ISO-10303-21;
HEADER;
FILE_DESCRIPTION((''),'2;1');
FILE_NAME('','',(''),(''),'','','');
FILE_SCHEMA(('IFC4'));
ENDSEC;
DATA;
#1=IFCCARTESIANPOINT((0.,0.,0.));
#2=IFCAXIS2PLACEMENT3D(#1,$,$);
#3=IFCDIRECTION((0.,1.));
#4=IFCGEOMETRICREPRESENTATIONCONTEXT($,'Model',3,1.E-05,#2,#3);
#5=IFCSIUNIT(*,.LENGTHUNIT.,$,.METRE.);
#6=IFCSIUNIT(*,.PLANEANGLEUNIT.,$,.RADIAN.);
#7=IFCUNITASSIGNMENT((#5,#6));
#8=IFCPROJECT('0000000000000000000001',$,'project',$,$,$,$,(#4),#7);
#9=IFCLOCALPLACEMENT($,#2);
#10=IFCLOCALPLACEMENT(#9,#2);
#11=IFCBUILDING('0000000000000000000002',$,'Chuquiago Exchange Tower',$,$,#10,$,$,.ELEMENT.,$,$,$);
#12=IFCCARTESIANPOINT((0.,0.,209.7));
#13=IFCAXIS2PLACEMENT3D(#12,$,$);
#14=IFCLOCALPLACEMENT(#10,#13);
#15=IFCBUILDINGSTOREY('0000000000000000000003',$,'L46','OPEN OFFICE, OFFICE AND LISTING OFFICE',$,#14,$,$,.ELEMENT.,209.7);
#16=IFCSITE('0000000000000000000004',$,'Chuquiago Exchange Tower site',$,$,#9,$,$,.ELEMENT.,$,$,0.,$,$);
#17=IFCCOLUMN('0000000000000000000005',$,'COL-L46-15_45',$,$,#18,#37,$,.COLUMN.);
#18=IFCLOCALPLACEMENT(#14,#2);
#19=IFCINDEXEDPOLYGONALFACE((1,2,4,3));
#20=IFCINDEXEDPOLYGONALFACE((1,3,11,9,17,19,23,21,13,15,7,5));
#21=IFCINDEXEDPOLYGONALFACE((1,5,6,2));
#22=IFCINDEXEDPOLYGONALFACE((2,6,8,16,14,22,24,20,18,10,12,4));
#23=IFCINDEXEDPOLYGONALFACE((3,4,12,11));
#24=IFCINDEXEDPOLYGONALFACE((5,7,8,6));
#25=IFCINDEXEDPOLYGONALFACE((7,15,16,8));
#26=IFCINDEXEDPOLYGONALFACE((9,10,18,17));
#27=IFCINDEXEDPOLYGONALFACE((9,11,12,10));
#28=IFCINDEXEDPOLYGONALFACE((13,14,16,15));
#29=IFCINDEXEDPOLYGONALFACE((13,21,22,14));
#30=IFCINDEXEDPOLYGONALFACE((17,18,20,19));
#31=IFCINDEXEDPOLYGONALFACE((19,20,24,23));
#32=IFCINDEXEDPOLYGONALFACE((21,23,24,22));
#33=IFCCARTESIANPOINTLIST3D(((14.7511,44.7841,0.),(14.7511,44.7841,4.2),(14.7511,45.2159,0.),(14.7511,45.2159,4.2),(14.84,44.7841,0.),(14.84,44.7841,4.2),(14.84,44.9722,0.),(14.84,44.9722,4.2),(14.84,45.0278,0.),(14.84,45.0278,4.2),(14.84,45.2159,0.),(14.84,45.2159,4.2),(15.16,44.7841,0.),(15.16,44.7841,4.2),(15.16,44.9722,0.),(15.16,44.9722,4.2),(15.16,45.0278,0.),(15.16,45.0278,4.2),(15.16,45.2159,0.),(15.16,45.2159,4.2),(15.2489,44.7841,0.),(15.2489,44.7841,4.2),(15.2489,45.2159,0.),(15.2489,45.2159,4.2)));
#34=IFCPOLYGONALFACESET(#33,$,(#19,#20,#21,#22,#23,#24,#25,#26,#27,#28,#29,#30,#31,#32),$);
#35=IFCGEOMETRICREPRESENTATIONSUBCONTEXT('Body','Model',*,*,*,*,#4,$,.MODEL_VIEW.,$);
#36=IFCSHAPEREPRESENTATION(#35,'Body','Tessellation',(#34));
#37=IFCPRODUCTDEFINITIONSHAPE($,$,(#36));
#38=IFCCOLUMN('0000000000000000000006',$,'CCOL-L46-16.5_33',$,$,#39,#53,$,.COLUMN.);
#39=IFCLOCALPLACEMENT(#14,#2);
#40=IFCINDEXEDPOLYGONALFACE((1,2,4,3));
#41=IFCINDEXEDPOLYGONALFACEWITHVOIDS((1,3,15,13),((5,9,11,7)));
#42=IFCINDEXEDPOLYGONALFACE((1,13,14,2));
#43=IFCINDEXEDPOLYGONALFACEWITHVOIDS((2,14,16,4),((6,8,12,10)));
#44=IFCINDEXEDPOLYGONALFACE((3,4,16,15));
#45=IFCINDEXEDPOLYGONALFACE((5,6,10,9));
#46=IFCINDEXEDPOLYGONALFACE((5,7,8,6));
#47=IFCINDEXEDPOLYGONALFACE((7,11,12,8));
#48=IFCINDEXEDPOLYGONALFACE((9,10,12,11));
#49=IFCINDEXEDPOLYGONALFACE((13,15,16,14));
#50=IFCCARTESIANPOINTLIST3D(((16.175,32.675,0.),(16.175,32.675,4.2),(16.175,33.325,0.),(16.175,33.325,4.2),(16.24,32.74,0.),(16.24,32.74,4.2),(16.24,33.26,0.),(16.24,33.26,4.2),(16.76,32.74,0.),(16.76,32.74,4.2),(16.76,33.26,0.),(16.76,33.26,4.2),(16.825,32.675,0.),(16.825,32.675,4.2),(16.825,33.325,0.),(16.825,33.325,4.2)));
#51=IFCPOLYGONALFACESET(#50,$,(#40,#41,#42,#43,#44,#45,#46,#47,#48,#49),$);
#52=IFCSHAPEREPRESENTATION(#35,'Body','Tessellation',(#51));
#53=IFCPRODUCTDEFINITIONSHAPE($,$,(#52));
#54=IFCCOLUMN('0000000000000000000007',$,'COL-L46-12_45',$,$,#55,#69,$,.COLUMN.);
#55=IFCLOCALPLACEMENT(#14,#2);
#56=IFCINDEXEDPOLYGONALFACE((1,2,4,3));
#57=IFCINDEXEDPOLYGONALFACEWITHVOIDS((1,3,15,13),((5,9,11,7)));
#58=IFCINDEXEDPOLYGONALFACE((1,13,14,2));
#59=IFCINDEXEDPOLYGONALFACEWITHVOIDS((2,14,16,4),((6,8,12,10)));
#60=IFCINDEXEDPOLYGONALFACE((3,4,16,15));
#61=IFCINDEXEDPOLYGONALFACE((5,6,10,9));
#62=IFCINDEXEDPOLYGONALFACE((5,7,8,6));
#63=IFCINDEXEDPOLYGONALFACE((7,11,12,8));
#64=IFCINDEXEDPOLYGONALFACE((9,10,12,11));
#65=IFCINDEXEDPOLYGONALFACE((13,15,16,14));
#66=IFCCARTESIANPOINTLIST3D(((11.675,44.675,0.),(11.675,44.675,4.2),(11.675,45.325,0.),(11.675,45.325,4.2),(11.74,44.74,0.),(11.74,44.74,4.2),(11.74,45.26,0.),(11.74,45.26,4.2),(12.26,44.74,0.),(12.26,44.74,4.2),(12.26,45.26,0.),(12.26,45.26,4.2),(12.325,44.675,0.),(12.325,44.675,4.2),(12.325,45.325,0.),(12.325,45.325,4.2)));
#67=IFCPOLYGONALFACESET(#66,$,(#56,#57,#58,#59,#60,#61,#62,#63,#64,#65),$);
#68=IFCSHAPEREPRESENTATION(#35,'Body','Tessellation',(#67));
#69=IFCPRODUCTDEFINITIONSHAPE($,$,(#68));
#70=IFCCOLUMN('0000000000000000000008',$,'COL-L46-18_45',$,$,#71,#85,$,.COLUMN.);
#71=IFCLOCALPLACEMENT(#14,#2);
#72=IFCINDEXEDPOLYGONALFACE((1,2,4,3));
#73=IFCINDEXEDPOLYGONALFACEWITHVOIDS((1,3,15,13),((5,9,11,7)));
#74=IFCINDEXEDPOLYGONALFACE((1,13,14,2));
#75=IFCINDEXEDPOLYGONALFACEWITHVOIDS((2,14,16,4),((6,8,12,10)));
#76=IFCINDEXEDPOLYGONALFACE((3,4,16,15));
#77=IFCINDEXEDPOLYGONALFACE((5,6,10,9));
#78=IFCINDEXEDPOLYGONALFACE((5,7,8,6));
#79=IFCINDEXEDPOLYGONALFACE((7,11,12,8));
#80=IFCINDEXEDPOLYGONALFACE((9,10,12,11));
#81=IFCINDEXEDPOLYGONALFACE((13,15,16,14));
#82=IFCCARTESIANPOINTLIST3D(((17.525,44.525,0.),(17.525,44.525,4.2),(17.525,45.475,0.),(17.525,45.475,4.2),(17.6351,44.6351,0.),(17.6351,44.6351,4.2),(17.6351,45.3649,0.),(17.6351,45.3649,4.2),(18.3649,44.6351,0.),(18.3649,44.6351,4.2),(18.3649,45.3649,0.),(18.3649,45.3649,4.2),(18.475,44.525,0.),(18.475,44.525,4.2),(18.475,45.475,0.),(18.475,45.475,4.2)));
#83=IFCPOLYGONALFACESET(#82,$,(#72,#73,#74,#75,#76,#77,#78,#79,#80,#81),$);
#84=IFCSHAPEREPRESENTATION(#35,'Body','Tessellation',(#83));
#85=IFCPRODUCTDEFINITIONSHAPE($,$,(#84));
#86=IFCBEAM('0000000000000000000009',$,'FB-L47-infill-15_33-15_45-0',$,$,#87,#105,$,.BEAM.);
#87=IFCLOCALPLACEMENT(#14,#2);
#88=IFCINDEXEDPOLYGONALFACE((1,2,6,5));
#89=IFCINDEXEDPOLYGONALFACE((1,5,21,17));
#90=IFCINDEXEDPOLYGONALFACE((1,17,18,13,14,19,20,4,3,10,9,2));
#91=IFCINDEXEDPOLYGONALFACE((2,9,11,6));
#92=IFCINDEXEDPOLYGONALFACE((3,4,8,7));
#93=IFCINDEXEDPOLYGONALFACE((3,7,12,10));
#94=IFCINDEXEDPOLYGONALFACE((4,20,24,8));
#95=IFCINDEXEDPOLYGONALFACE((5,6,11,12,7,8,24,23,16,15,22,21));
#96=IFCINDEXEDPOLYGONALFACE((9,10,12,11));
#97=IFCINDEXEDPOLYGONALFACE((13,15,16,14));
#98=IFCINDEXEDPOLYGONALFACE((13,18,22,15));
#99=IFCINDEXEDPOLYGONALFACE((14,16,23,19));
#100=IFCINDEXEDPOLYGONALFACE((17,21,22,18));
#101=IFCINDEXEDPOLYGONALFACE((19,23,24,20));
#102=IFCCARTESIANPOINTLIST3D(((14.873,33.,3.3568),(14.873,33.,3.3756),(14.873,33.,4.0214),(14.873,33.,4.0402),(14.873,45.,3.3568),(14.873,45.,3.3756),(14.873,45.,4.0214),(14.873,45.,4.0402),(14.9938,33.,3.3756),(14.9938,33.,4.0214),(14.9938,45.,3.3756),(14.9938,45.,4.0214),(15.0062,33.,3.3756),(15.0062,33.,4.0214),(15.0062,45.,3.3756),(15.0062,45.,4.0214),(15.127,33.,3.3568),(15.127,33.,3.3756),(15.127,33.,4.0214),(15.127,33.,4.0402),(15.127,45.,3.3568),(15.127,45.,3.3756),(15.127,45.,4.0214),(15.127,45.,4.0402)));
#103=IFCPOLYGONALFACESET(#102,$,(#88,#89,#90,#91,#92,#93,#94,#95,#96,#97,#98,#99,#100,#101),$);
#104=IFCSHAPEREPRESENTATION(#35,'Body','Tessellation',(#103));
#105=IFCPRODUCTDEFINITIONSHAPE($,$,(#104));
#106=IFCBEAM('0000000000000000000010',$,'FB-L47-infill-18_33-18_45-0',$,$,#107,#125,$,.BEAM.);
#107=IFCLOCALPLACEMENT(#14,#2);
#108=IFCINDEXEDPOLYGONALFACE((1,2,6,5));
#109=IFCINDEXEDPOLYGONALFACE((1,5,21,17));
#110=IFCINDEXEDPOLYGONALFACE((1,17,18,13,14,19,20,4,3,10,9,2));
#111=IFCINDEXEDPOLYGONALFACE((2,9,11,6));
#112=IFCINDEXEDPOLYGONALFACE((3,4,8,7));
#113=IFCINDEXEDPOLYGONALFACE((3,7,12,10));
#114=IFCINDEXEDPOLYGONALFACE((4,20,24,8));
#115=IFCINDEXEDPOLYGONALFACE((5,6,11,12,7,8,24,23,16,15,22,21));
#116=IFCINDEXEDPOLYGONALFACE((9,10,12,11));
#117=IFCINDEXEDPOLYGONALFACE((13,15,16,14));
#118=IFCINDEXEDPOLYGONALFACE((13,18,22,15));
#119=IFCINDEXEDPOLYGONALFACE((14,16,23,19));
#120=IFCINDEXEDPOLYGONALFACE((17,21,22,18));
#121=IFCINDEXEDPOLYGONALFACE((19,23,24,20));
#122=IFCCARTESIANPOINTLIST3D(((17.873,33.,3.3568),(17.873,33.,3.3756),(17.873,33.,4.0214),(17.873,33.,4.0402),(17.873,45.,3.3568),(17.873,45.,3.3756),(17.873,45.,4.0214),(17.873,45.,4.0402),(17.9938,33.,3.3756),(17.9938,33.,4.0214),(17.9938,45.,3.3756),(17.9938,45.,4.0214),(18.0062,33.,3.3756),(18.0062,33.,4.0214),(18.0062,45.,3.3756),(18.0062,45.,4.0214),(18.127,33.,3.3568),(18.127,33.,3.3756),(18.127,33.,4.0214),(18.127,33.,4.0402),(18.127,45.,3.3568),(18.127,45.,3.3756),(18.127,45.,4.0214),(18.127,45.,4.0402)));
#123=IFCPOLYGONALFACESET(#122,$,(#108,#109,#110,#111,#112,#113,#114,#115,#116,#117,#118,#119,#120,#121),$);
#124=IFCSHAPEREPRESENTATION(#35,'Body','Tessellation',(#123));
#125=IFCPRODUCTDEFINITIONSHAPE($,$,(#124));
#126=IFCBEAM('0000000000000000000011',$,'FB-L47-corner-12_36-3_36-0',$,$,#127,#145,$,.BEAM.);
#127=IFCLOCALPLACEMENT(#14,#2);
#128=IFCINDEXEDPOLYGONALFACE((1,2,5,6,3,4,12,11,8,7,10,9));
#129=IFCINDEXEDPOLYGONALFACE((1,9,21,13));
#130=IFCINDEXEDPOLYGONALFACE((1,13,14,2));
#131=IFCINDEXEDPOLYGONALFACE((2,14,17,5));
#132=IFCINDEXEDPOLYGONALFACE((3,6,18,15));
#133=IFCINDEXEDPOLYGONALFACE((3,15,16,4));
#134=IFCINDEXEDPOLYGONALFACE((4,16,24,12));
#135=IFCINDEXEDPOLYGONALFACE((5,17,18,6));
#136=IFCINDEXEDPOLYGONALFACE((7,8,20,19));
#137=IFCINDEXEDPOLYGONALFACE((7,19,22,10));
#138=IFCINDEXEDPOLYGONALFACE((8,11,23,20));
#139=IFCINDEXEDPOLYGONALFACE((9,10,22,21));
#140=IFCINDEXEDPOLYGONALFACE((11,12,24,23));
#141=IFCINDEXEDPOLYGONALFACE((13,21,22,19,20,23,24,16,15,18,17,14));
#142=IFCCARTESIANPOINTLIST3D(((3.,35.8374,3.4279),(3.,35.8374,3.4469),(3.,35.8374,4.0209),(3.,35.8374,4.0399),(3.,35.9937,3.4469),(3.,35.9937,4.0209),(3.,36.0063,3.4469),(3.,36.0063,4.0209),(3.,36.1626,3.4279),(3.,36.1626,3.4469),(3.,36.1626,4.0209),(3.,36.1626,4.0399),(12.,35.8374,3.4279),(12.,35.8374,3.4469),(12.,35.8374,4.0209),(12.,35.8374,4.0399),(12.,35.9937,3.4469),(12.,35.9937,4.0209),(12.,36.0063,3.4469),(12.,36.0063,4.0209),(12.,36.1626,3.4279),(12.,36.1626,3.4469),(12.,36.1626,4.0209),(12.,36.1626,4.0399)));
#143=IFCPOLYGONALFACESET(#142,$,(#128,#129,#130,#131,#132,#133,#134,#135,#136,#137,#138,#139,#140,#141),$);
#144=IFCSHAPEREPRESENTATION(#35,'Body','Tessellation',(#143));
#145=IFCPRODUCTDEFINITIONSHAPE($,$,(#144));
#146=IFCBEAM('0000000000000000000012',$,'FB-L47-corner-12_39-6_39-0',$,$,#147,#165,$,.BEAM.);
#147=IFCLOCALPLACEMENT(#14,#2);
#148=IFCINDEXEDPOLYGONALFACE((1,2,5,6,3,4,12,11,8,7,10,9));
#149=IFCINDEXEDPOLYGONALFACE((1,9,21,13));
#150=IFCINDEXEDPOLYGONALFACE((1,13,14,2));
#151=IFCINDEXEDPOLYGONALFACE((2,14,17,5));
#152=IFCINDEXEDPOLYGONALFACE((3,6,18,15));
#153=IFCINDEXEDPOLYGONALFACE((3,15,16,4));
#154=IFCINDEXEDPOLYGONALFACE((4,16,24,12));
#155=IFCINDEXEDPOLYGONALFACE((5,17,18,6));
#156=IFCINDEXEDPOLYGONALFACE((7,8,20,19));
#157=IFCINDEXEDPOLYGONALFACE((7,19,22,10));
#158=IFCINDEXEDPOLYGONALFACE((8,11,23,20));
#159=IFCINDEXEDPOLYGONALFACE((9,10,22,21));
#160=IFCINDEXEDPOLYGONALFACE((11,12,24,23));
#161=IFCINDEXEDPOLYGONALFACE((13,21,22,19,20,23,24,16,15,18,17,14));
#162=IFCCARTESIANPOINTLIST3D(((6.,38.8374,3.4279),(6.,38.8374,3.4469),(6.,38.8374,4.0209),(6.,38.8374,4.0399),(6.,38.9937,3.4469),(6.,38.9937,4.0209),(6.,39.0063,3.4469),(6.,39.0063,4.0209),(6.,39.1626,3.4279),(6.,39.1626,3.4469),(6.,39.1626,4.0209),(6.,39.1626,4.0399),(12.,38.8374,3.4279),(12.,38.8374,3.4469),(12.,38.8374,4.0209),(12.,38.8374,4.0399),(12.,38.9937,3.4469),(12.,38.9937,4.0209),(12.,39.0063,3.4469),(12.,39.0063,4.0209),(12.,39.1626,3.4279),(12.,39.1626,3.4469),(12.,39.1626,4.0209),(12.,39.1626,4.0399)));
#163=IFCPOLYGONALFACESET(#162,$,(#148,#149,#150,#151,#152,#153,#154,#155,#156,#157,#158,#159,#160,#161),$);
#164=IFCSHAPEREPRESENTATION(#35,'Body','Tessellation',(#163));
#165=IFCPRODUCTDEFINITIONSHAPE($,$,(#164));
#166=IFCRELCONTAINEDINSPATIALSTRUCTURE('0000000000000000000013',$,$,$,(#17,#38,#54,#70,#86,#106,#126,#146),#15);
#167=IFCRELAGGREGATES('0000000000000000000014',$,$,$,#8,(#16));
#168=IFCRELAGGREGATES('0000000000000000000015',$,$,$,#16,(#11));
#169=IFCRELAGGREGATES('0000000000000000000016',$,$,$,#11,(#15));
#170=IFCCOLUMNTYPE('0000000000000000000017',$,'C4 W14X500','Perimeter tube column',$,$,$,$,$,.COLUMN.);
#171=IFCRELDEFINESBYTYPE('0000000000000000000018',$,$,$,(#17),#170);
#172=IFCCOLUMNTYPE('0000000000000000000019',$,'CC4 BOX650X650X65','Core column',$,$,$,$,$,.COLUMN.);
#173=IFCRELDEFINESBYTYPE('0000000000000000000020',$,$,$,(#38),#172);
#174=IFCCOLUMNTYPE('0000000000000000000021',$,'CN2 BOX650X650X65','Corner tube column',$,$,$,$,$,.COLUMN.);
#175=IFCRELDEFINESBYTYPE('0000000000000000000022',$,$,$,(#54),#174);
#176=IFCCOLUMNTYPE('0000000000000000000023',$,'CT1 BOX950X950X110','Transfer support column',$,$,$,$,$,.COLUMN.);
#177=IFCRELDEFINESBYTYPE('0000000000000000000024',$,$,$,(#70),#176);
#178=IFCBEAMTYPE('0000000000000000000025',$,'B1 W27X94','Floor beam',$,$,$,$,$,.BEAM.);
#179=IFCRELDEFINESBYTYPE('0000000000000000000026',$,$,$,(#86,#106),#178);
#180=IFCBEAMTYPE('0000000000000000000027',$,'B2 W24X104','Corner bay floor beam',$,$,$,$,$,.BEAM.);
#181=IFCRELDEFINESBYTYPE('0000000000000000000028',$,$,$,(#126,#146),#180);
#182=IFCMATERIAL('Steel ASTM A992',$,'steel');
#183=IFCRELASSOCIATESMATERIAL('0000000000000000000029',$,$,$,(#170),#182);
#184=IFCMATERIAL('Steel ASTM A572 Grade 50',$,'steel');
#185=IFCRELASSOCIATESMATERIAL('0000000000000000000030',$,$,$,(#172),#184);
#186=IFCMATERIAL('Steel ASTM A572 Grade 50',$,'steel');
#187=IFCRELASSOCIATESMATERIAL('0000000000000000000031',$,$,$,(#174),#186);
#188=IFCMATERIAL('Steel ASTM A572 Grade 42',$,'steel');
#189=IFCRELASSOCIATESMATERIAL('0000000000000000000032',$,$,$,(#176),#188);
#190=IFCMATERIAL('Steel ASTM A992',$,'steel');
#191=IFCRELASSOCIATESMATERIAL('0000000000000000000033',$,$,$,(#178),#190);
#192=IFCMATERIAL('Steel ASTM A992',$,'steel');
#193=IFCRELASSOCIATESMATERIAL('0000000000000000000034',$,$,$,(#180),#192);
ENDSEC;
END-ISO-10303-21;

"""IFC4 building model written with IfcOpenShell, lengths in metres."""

from ifc_helpers import new_model, si_unit, direction, frame, origin, origin_2d, place, context, subcontext, project, spatial, hollow_rectangle, i_section, extrude, material, material_profile, profile_set, type_object, element, save


model = new_model("IFC4")

# Units and contexts
model_context = context("Model", 3, precision=1e-05, world=origin(), true_north=direction((0.0, 1.0)))
body_context = subcontext(model_context, "Body", "Model", "MODEL_VIEW")
ifc_project = project(units=[si_unit("LENGTHUNIT", "METRE"), si_unit("PLANEANGLEUNIT", "RADIAN")], contexts=[model_context])

# Site, building, storey
site_placement = place(None, origin())
site = spatial("IfcSite", under=ifc_project, at=site_placement, Name="Chuquiago Exchange Tower site", CompositionType="ELEMENT", RefElevation=0.0)
building_placement = place(site_placement, origin())
building = spatial("IfcBuilding", under=site, at=building_placement, Name="Chuquiago Exchange Tower", CompositionType="ELEMENT")
storey_placement = place(building_placement, frame((0.0, 0.0, 209.7)))
storey = spatial("IfcBuildingStorey", under=building, at=storey_placement, Name="L46", Description="OPEN OFFICE, OFFICE AND LISTING OFFICE", CompositionType="ELEMENT", Elevation=209.7)

# Columns
ifc_material_1 = material(Name="Steel ASTM A992", Category="steel")
ifc_material_profile_1 = material_profile(ifc_material_1, i_section(OverallWidth=0.4319, OverallDepth=0.4978, WebThickness=0.0557, FlangeThickness=0.0889, at=origin_2d()), Name="W14X500")
ifc_profile_set_1 = profile_set([ifc_material_profile_1], Name="Steel ASTM A992")
column_type_1 = type_object("IfcColumnType", Name="C4 W14X500", Description="Perimeter tube column", PredefinedType="COLUMN", material=ifc_profile_set_1)
column_1_placement = place(storey_placement, frame((15.0, 45.0, 0.0), z_axis=(0.0, 0.0, 1.0), x_axis=(0.0, 1.0, 0.0)))
element("IfcColumn", 1, at=column_1_placement, inside=storey, type_object=column_type_1, Name="COL-L46-15_45", PredefinedType="COLUMN", context=body_context, shape_type="SweptSolid", body=[
    extrude(i_section(OverallWidth=0.4319, OverallDepth=0.4978, WebThickness=0.0557, FlangeThickness=0.0889, at=origin_2d()), origin(), (0.0, 0.0, 1.0), 4.2),
])
ifc_material_2 = material(Name="Steel ASTM A572 Grade 50", Category="steel")
ifc_material_profile_2 = material_profile(ifc_material_2, hollow_rectangle(XDim=0.6499, YDim=0.6499, WallThickness=0.0649, at=origin_2d()), Name="BOX650X650X65")
ifc_profile_set_2 = profile_set([ifc_material_profile_2], Name="Steel ASTM A572 Grade 50")
column_type_2 = type_object("IfcColumnType", Name="CC4 BOX650X650X65", Description="Core column", PredefinedType="COLUMN", material=ifc_profile_set_2)
column_2_placement = place(storey_placement, frame((16.5, 33.0, 0.0), z_axis=(0.0, 0.0, 1.0), x_axis=(1.0, 0.0, 0.0)))
element("IfcColumn", 2, at=column_2_placement, inside=storey, type_object=column_type_2, Name="CCOL-L46-16.5_33", PredefinedType="COLUMN", context=body_context, shape_type="SweptSolid", body=[
    extrude(hollow_rectangle(XDim=0.6499, YDim=0.6499, WallThickness=0.0649, at=origin_2d()), origin(), (0.0, 0.0, 1.0), 4.2),
])
ifc_material_3 = material(Name="Steel ASTM A572 Grade 50", Category="steel")
ifc_material_profile_3 = material_profile(ifc_material_3, hollow_rectangle(XDim=0.6499, YDim=0.6499, WallThickness=0.0649, at=origin_2d()), Name="BOX650X650X65")
ifc_profile_set_3 = profile_set([ifc_material_profile_3], Name="Steel ASTM A572 Grade 50")
column_type_3 = type_object("IfcColumnType", Name="CN2 BOX650X650X65", Description="Corner tube column", PredefinedType="COLUMN", material=ifc_profile_set_3)
column_3_placement = place(storey_placement, frame((12.0, 45.0, 0.0), z_axis=(0.0, 0.0, 1.0), x_axis=(0.0, 1.0, 0.0)))
element("IfcColumn", 3, at=column_3_placement, inside=storey, type_object=column_type_3, Name="COL-L46-12_45", PredefinedType="COLUMN", context=body_context, shape_type="SweptSolid", body=[
    extrude(hollow_rectangle(XDim=0.6499, YDim=0.6499, WallThickness=0.0649, at=origin_2d()), origin(), (0.0, 0.0, 1.0), 4.2),
])
ifc_material_4 = material(Name="Steel ASTM A572 Grade 42", Category="steel")
ifc_material_profile_4 = material_profile(ifc_material_4, hollow_rectangle(XDim=0.95, YDim=0.95, WallThickness=0.1101, at=origin_2d()), Name="BOX950X950X110")
ifc_profile_set_4 = profile_set([ifc_material_profile_4], Name="Steel ASTM A572 Grade 42")
column_type_4 = type_object("IfcColumnType", Name="CT1 BOX950X950X110", Description="Transfer support column", PredefinedType="COLUMN", material=ifc_profile_set_4)
column_4_placement = place(storey_placement, frame((18.0, 45.0, 0.0), z_axis=(0.0, 0.0, 1.0), x_axis=(0.0, 1.0, 0.0)))
element("IfcColumn", 4, at=column_4_placement, inside=storey, type_object=column_type_4, Name="COL-L46-18_45", PredefinedType="COLUMN", context=body_context, shape_type="SweptSolid", body=[
    extrude(hollow_rectangle(XDim=0.95, YDim=0.95, WallThickness=0.1101, at=origin_2d()), origin(), (0.0, 0.0, 1.0), 4.2),
])

# Beams
ifc_material_5 = material(Name="Steel ASTM A992", Category="steel")
ifc_material_profile_5 = material_profile(ifc_material_5, i_section(OverallWidth=0.2539, OverallDepth=0.6833, WebThickness=0.0125, FlangeThickness=0.0188, at=origin_2d()), Name="W27X94")
ifc_profile_set_5 = profile_set([ifc_material_profile_5], Name="Steel ASTM A992")
beam_type_1 = type_object("IfcBeamType", Name="B1 W27X94", Description="Floor beam", PredefinedType="BEAM", material=ifc_profile_set_5)
for number, where, z_axis, x_axis, name in (
    (5, (15.0, 33.0, 3.6985), (0.0, 1.0, 0.0), (-1.0, 0.0, 0.0), "FB-L47-infill-15_33-15_45-0"),
    (6, (18.0, 33.0, 3.6985), (0.0, 1.0, 0.0), (-1.0, 0.0, 0.0), "FB-L47-infill-18_33-18_45-0"),
):
    element("IfcBeam", number, at=place(storey_placement, frame(where, z_axis=z_axis, x_axis=x_axis)), inside=storey, type_object=beam_type_1, Name=name, PredefinedType="BEAM", context=body_context, shape_type="SweptSolid", body=[
        extrude(i_section(OverallWidth=0.2539, OverallDepth=0.6833, WebThickness=0.0125, FlangeThickness=0.0188, at=origin_2d()), origin(), (0.0, 0.0, 1.0), 12.0),
    ])
ifc_material_6 = material(Name="Steel ASTM A992", Category="steel")
ifc_material_profile_6 = material_profile(ifc_material_6, i_section(OverallWidth=0.3252, OverallDepth=0.6121, WebThickness=0.0127, FlangeThickness=0.019, at=origin_2d()), Name="W24X104")
ifc_profile_set_6 = profile_set([ifc_material_profile_6], Name="Steel ASTM A992")
beam_type_2 = type_object("IfcBeamType", Name="B2 W24X104", Description="Corner bay floor beam", PredefinedType="BEAM", material=ifc_profile_set_6)
beam_1_placement = place(storey_placement, frame((12.0, 36.0, 3.7339), z_axis=(-1.0, 0.0, 0.0), x_axis=(0.0, -1.0, 0.0)))
element("IfcBeam", 7, at=beam_1_placement, inside=storey, type_object=beam_type_2, Name="FB-L47-corner-12_36-3_36-0", PredefinedType="BEAM", context=body_context, shape_type="SweptSolid", body=[
    extrude(i_section(OverallWidth=0.3252, OverallDepth=0.6121, WebThickness=0.0127, FlangeThickness=0.019, at=origin_2d()), origin(), (0.0, 0.0, 1.0), 9.0),
])
beam_2_placement = place(storey_placement, frame((12.0, 39.0, 3.7339), z_axis=(-1.0, 0.0, 0.0), x_axis=(0.0, -1.0, 0.0)))
element("IfcBeam", 8, at=beam_2_placement, inside=storey, type_object=beam_type_2, Name="FB-L47-corner-12_39-6_39-0", PredefinedType="BEAM", context=body_context, shape_type="SweptSolid", body=[
    extrude(i_section(OverallWidth=0.3252, OverallDepth=0.6121, WebThickness=0.0127, FlangeThickness=0.019, at=origin_2d()), origin(), (0.0, 0.0, 1.0), 6.0),
])

save(model, "model.ifc")
